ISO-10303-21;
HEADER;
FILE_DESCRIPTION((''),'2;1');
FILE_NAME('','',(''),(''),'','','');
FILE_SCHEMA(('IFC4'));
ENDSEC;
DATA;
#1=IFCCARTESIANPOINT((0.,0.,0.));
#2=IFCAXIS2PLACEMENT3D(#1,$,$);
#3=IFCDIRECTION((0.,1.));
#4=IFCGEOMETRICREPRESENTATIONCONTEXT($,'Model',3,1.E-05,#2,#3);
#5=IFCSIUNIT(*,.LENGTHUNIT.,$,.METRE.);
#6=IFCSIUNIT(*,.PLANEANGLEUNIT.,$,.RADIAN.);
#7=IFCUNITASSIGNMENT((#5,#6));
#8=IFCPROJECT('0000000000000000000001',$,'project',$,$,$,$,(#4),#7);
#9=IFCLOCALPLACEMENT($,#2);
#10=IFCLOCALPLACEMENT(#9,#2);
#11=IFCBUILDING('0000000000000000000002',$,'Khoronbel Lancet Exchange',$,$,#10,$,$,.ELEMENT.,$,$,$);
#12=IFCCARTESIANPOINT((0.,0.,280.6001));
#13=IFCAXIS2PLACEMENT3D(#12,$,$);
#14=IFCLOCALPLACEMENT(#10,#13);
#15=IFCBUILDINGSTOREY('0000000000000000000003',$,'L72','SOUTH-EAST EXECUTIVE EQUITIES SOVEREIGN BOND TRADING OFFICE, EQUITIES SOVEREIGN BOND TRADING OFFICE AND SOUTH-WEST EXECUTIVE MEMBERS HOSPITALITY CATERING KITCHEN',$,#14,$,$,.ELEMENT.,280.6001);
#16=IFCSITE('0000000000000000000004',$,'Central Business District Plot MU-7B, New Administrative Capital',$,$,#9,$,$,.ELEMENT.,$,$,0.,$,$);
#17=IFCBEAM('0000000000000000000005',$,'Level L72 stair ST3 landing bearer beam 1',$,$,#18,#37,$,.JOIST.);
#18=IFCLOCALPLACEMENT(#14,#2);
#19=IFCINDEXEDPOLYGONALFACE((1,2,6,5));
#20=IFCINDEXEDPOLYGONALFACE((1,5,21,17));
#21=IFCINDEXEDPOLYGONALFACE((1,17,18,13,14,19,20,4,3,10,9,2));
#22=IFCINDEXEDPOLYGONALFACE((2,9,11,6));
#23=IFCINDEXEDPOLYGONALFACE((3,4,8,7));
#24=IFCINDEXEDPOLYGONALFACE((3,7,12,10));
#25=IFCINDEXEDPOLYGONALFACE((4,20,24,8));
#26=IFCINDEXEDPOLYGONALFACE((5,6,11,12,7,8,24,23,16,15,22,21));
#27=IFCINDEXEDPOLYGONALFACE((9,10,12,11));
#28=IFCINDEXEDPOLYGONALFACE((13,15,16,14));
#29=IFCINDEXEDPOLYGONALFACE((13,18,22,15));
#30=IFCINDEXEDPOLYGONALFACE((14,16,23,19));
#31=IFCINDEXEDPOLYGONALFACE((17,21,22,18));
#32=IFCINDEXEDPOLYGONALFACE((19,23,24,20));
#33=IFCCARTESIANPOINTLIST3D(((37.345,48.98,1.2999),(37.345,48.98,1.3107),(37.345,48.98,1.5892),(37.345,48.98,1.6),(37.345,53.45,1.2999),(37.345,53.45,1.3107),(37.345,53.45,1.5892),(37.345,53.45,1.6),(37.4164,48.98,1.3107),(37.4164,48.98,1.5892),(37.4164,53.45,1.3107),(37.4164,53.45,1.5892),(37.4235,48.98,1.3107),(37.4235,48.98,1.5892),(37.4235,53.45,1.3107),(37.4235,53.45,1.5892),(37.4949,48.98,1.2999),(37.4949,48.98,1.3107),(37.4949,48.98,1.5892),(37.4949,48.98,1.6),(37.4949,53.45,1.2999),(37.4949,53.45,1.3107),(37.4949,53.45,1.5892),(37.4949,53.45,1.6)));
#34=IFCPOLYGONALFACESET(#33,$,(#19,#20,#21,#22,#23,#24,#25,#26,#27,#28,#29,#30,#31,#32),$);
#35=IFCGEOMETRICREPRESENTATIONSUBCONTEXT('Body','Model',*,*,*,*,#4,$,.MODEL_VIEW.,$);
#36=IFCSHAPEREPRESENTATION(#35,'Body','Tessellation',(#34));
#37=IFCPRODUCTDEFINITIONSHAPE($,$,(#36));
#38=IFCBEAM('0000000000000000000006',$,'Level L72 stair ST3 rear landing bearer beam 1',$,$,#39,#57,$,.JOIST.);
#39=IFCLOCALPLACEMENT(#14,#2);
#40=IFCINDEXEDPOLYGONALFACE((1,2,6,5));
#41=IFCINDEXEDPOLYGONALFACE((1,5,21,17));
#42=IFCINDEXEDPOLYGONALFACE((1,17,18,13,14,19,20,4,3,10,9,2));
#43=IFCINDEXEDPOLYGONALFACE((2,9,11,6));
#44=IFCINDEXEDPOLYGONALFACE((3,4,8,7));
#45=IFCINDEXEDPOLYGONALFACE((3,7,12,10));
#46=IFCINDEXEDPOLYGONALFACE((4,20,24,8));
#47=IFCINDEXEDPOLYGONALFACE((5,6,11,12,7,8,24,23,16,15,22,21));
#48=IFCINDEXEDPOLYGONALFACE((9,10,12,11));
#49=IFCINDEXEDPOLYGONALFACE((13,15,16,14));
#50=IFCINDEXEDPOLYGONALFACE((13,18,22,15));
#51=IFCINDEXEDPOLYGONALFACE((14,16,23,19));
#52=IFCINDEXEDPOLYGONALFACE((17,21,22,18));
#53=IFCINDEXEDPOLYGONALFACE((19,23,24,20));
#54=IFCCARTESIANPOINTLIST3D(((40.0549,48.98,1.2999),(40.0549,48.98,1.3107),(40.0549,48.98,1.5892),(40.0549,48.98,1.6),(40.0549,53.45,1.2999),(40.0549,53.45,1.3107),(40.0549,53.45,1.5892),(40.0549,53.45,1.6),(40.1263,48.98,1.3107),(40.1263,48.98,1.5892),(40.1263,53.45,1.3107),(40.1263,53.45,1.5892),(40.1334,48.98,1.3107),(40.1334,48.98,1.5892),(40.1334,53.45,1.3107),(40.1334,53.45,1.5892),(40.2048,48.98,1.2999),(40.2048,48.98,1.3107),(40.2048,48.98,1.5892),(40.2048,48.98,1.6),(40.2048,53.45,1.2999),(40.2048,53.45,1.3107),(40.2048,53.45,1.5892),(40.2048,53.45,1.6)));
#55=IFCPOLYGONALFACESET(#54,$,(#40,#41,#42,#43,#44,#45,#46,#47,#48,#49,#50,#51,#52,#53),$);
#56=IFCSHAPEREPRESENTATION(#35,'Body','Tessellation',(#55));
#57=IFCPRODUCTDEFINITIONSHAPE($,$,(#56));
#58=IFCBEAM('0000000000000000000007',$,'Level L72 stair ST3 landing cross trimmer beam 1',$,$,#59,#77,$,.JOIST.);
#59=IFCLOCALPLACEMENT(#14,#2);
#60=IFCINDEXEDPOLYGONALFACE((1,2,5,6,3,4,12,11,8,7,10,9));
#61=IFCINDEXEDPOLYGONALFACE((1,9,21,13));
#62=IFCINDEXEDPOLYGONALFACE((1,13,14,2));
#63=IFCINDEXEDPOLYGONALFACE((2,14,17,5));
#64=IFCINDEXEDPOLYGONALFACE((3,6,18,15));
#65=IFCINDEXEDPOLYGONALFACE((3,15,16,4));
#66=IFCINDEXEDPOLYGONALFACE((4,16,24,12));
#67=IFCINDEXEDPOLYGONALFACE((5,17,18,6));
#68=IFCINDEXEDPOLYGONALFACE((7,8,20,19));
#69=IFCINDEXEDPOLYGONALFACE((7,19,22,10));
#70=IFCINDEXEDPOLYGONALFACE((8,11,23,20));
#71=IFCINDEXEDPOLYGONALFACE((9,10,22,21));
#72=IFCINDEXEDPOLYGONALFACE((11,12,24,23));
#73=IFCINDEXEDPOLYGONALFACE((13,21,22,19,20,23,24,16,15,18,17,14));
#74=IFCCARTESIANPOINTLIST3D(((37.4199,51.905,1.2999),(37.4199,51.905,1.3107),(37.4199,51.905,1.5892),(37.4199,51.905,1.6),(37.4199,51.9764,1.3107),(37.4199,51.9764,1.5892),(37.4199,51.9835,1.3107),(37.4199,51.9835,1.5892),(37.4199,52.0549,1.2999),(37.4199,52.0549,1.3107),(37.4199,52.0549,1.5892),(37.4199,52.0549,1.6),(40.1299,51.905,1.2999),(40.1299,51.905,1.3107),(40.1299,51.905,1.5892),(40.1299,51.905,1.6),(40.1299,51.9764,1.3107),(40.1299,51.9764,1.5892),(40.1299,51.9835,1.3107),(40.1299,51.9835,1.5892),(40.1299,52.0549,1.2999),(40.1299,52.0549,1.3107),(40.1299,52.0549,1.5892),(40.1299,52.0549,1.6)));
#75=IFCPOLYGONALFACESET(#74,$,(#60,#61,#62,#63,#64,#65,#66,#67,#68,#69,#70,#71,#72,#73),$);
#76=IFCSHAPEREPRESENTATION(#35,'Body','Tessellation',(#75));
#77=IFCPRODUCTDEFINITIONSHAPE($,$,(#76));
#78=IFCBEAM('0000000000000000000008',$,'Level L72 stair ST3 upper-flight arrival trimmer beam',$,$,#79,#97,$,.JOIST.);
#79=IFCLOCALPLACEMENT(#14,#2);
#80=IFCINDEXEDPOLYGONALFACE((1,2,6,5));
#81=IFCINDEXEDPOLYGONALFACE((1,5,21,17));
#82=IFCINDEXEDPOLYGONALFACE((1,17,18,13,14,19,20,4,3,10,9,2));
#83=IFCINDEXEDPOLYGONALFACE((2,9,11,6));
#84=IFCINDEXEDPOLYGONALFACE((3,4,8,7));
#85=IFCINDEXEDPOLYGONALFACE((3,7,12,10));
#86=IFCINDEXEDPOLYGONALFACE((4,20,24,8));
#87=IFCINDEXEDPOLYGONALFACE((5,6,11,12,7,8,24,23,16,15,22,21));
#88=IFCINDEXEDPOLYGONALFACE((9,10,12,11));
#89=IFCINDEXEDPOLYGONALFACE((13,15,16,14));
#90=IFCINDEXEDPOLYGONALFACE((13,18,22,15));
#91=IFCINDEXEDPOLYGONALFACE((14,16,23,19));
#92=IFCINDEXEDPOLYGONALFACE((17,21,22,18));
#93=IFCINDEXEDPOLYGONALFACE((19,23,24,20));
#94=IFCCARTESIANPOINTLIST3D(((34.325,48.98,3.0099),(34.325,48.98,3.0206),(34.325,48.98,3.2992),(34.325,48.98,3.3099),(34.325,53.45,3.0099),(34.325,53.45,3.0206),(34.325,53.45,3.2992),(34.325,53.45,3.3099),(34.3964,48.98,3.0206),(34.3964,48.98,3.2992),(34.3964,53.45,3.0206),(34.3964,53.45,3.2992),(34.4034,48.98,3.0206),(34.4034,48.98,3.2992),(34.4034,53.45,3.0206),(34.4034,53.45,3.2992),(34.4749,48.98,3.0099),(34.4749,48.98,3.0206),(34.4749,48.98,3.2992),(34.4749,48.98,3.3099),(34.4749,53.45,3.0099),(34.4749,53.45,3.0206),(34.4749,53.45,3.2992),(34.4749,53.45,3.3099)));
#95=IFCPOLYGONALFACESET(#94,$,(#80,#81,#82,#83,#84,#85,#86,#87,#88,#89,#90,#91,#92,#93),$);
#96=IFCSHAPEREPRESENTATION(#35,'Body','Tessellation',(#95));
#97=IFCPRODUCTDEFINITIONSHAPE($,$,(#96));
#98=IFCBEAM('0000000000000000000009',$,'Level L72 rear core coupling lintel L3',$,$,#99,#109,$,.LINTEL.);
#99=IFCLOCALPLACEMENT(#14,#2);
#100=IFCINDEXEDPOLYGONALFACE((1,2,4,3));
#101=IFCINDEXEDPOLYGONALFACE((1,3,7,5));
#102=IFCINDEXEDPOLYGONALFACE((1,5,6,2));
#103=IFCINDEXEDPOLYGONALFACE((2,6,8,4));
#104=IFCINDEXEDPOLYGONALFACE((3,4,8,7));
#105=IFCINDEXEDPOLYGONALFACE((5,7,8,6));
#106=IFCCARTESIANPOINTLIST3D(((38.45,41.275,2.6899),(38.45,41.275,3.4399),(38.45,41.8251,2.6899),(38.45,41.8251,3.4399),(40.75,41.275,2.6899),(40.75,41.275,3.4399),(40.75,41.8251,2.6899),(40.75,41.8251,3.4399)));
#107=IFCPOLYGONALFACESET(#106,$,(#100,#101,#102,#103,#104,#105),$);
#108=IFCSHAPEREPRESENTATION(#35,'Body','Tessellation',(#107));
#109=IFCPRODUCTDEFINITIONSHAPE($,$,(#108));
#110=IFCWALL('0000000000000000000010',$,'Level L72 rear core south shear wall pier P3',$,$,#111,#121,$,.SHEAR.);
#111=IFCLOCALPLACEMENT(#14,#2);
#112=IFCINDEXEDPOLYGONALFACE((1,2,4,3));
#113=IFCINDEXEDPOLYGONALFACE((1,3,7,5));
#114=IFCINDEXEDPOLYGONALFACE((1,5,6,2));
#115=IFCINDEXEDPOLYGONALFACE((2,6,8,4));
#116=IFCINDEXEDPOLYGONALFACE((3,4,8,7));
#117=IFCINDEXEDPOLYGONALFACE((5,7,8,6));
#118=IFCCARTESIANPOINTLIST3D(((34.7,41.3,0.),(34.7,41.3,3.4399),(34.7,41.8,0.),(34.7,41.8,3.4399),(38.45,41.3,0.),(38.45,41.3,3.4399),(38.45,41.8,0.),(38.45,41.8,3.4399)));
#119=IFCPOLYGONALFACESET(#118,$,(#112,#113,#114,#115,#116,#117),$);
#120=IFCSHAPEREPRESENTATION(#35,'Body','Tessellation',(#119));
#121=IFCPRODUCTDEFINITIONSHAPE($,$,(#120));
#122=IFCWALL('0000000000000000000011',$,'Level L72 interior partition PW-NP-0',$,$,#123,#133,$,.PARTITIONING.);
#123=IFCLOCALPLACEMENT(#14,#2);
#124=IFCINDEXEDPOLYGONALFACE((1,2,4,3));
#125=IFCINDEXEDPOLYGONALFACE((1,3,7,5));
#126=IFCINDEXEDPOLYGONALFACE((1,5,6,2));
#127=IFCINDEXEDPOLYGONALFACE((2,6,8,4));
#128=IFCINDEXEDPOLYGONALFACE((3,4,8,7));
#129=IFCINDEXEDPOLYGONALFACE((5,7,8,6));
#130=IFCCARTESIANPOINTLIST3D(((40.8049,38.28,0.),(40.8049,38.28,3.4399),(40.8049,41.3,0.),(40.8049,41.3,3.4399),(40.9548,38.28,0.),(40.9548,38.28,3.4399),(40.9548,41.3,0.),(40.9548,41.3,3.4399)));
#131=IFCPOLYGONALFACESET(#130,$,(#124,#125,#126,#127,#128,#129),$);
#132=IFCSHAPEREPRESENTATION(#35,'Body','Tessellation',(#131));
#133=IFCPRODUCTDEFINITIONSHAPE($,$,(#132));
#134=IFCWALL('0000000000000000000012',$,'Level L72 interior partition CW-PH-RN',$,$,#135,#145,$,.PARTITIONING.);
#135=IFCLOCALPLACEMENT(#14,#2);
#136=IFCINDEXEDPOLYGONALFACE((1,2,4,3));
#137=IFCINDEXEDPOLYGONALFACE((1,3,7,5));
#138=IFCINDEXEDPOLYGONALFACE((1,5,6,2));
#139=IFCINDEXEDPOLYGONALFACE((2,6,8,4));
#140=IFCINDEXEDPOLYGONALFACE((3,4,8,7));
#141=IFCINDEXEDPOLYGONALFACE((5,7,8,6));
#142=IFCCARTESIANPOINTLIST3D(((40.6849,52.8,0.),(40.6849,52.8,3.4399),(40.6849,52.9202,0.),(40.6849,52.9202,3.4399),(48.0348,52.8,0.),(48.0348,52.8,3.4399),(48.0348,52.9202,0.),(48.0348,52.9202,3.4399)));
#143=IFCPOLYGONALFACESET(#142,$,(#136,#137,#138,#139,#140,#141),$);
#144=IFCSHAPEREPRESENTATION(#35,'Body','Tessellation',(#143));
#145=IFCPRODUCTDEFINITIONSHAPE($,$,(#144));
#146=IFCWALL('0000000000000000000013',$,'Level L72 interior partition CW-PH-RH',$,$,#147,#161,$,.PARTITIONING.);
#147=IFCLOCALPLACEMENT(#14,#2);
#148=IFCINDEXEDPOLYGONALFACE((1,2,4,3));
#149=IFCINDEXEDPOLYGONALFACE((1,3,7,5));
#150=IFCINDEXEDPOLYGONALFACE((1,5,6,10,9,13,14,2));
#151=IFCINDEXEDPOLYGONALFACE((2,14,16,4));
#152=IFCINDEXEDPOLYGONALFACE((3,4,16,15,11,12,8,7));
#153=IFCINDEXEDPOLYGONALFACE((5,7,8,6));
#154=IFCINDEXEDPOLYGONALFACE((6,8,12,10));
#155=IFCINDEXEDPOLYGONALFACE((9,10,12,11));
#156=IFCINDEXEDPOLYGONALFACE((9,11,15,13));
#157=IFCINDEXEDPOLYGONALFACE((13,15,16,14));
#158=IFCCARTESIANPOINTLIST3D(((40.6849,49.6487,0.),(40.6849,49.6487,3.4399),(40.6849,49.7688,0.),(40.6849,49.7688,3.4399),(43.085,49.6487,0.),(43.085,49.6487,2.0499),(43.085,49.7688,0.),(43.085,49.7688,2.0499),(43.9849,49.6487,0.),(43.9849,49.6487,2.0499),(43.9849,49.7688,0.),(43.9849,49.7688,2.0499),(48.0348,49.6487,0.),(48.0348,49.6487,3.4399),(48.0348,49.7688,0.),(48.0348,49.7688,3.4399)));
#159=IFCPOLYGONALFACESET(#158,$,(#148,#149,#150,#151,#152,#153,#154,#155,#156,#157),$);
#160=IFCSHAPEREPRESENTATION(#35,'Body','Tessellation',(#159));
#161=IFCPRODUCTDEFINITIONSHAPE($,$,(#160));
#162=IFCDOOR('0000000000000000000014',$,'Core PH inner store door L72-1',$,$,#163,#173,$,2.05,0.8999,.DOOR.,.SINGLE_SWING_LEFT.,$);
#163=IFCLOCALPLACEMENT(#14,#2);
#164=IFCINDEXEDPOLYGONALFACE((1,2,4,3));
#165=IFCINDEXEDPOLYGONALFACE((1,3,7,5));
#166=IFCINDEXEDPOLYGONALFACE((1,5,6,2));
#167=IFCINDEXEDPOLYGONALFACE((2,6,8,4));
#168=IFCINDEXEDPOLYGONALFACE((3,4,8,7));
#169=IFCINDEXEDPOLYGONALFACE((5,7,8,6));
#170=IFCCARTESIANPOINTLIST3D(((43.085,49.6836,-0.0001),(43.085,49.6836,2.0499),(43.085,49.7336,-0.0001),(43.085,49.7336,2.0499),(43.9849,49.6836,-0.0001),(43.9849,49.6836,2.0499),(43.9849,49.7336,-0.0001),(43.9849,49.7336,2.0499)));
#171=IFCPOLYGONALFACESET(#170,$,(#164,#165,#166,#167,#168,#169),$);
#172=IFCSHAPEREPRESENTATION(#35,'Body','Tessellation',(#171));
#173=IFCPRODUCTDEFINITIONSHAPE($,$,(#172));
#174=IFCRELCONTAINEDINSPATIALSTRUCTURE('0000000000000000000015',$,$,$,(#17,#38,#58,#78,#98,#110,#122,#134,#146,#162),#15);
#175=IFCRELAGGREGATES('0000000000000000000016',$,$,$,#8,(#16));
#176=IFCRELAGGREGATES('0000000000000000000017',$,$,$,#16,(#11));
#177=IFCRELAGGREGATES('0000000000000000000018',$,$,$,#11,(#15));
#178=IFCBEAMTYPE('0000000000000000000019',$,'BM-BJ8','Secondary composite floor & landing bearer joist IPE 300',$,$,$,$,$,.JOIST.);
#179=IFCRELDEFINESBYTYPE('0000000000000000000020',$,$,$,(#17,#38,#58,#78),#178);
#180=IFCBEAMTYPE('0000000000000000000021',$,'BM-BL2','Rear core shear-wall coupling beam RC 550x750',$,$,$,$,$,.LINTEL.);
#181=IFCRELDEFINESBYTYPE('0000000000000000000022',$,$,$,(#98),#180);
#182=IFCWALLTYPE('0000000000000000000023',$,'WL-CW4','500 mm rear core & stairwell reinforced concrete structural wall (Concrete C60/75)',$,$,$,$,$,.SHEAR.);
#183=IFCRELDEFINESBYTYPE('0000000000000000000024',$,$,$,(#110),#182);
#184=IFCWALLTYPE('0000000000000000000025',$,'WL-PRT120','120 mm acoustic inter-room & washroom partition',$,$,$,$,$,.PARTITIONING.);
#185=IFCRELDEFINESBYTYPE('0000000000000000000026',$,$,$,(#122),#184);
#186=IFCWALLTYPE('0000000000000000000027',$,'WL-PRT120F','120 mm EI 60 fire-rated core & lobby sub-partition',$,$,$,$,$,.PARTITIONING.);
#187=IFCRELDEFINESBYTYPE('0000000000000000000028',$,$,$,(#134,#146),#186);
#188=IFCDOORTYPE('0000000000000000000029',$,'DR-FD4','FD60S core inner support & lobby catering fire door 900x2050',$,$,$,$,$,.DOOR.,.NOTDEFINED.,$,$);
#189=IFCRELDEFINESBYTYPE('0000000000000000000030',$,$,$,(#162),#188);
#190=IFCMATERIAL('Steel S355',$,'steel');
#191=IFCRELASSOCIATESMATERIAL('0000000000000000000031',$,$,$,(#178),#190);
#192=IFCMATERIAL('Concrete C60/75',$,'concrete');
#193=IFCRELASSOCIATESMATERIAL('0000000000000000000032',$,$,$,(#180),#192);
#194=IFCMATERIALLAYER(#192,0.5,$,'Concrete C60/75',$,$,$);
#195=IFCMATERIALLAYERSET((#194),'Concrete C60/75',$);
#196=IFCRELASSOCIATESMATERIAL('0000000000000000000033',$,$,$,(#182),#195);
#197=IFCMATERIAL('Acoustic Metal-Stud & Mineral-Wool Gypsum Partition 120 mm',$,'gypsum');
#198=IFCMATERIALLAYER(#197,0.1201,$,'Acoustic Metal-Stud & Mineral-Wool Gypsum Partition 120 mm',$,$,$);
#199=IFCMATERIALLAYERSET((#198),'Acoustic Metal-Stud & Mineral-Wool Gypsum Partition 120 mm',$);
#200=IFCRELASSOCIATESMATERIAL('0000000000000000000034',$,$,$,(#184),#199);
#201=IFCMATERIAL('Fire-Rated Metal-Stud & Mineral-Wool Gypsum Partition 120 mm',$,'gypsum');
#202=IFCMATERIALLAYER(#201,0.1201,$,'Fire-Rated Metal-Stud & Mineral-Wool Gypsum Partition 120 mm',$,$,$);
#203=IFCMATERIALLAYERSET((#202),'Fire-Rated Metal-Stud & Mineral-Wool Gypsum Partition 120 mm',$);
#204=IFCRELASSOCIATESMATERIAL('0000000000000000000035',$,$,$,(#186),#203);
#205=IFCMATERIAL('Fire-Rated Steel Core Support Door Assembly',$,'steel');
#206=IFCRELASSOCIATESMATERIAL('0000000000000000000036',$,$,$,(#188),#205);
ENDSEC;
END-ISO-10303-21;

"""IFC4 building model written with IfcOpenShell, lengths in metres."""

from ifc_helpers import new_model, si_unit, direction, frame, frame_2d, origin, origin_2d, place, context, subcontext, project, spatial, rectangle, i_section, extrude, material, layer, layer_set, material_profile, profile_set, type_object, element, fill, save


model = new_model("IFC4")

# Units and contexts
model_context = context("Model", 3, precision=1e-05, world=origin(), true_north=direction((0.0, 1.0)))
body_context = subcontext(model_context, "Body", "Model", "MODEL_VIEW")
ifc_project = project(units=[si_unit("LENGTHUNIT", "METRE"), si_unit("PLANEANGLEUNIT", "RADIAN")], contexts=[model_context])

# Site, building, storey
site_placement = place(None, origin())
site = spatial("IfcSite", under=ifc_project, at=site_placement, Name="Central Business District Plot MU-7B, New Administrative Capital", CompositionType="ELEMENT", RefElevation=0.0)
building_placement = place(site_placement, origin())
building = spatial("IfcBuilding", under=site, at=building_placement, Name="Khoronbel Lancet Exchange", CompositionType="ELEMENT")
storey_placement = place(building_placement, frame((0.0, 0.0, 280.6001)))
storey = spatial("IfcBuildingStorey", under=building, at=storey_placement, Name="L72", Description="SOUTH-EAST EXECUTIVE EQUITIES SOVEREIGN BOND TRADING OFFICE, EQUITIES SOVEREIGN BOND TRADING OFFICE AND SOUTH-WEST EXECUTIVE MEMBERS HOSPITALITY CATERING KITCHEN", CompositionType="ELEMENT", Elevation=280.6001)

# Beams
ifc_material_1 = material(Name="Steel S355", Category="steel")
ifc_material_profile_1 = material_profile(ifc_material_1, i_section(OverallWidth=0.1499, OverallDepth=0.3, WebThickness=0.0071, FlangeThickness=0.0107, at=origin_2d()), Name="IPE 300")
ifc_profile_set_1 = profile_set([ifc_material_profile_1], Name="Steel S355")
beam_type_1 = type_object("IfcBeamType", Name="BM-BJ8", Description="Secondary composite floor & landing bearer joist IPE 300", PredefinedType="JOIST", material=ifc_profile_set_1)
for number, where, z_axis, x_axis, name in (
    (1, (37.4199, 48.98, 1.45), (0.0, 1.0, 0.0), (-1.0, 0.0, 0.0), "Level L72 stair ST3 landing bearer beam 1"),
    (2, (40.1299, 48.98, 1.45), (0.0, 1.0, 0.0), (-1.0, 0.0, 0.0), "Level L72 stair ST3 rear landing bearer beam 1"),
):
    element("IfcBeam", number, at=place(storey_placement, frame(where, z_axis=z_axis, x_axis=x_axis)), inside=storey, type_object=beam_type_1, Name=name, PredefinedType="JOIST", context=body_context, shape_type="SweptSolid", body=[
        extrude(i_section(OverallWidth=0.1499, OverallDepth=0.3, WebThickness=0.0071, FlangeThickness=0.0107, at=origin_2d()), origin(), (0.0, 0.0, 1.0), 4.47),
    ])
beam_1_placement = place(storey_placement, frame((37.4199, 51.98, 1.45), z_axis=(1.0, 0.0, 0.0), x_axis=(0.0, 1.0, 0.0)))
element("IfcBeam", 3, at=beam_1_placement, inside=storey, type_object=beam_type_1, Name="Level L72 stair ST3 landing cross trimmer beam 1", PredefinedType="JOIST", context=body_context, shape_type="SweptSolid", body=[
    extrude(i_section(OverallWidth=0.1499, OverallDepth=0.3, WebThickness=0.0071, FlangeThickness=0.0107, at=origin_2d()), origin(), (0.0, 0.0, 1.0), 2.71),
])
beam_2_placement = place(storey_placement, frame((34.3999, 48.98, 3.1599), z_axis=(0.0, 1.0, 0.0), x_axis=(-1.0, 0.0, 0.0)))
element("IfcBeam", 4, at=beam_2_placement, inside=storey, type_object=beam_type_1, Name="Level L72 stair ST3 upper-flight arrival trimmer beam", PredefinedType="JOIST", context=body_context, shape_type="SweptSolid", body=[
    extrude(i_section(OverallWidth=0.1499, OverallDepth=0.3, WebThickness=0.0071, FlangeThickness=0.0107, at=origin_2d()), origin(), (0.0, 0.0, 1.0), 4.47),
])
ifc_material_2 = material(Name="Concrete C60/75", Category="concrete")
ifc_material_profile_2 = material_profile(ifc_material_2, rectangle(XDim=0.55, YDim=0.75, at=origin_2d()), Name="RC 550x750")
ifc_profile_set_2 = profile_set([ifc_material_profile_2], Name="Concrete C60/75")
beam_type_2 = type_object("IfcBeamType", Name="BM-BL2", Description="Rear core shear-wall coupling beam RC 550x750", PredefinedType="LINTEL", material=ifc_profile_set_2)
beam_3_placement = place(storey_placement, frame((38.45, 41.55, 3.0649), z_axis=(1.0, 0.0, 0.0), x_axis=(0.0, 1.0, 0.0)))
element("IfcBeam", 5, at=beam_3_placement, inside=storey, type_object=beam_type_2, Name="Level L72 rear core coupling lintel L3", PredefinedType="LINTEL", context=body_context, shape_type="SweptSolid", body=[
    extrude(rectangle(XDim=0.55, YDim=0.75, at=origin_2d()), origin(), (0.0, 0.0, 1.0), 2.3),
])

# Walls
ifc_layer_1 = layer(ifc_material_2, 0.5, Name="Concrete C60/75")
ifc_layer_set_1 = layer_set([ifc_layer_1], Name="Concrete C60/75")
wall_type_1 = type_object("IfcWallType", Name="WL-CW4", Description="500 mm rear core & stairwell reinforced concrete structural wall (Concrete C60/75)", PredefinedType="SHEAR", material=ifc_layer_set_1)
wall_1_placement = place(storey_placement, frame((38.45, 41.55, 0.0), z_axis=(0.0, 0.0, 1.0), x_axis=(-1.0, 0.0, 0.0)))
element("IfcWall", 6, at=wall_1_placement, inside=storey, type_object=wall_type_1, Name="Level L72 rear core south shear wall pier P3", PredefinedType="SHEAR", context=body_context, shape_type="SweptSolid", body=[
    extrude(rectangle(XDim=3.75, YDim=0.5, at=frame_2d((1.875, 0.0))), origin(), (0.0, 0.0, 1.0), 3.4399),
])
ifc_material_3 = material(Name="Acoustic Metal-Stud & Mineral-Wool Gypsum Partition 120 mm", Category="gypsum")
ifc_layer_2 = layer(ifc_material_3, 0.1201, Name="Acoustic Metal-Stud & Mineral-Wool Gypsum Partition 120 mm")
ifc_layer_set_2 = layer_set([ifc_layer_2], Name="Acoustic Metal-Stud & Mineral-Wool Gypsum Partition 120 mm")
wall_type_2 = type_object("IfcWallType", Name="WL-PRT120", Description="120 mm acoustic inter-room & washroom partition", PredefinedType="PARTITIONING", material=ifc_layer_set_2)
wall_2_placement = place(storey_placement, frame((40.8799, 38.28, 0.0), z_axis=(0.0, 0.0, 1.0), x_axis=(0.0, 1.0, 0.0)))
element("IfcWall", 7, at=wall_2_placement, inside=storey, type_object=wall_type_2, Name="Level L72 interior partition PW-NP-0", PredefinedType="PARTITIONING", context=body_context, shape_type="SweptSolid", body=[
    extrude(rectangle(XDim=3.02, YDim=0.1499, at=frame_2d((1.51, 0.0))), origin(), (0.0, 0.0, 1.0), 3.4399),
])
ifc_material_4 = material(Name="Fire-Rated Metal-Stud & Mineral-Wool Gypsum Partition 120 mm", Category="gypsum")
ifc_layer_3 = layer(ifc_material_4, 0.1201, Name="Fire-Rated Metal-Stud & Mineral-Wool Gypsum Partition 120 mm")
ifc_layer_set_3 = layer_set([ifc_layer_3], Name="Fire-Rated Metal-Stud & Mineral-Wool Gypsum Partition 120 mm")
wall_type_3 = type_object("IfcWallType", Name="WL-PRT120F", Description="120 mm EI 60 fire-rated core & lobby sub-partition", PredefinedType="PARTITIONING", material=ifc_layer_set_3)
wall_3_placement = place(storey_placement, frame((40.6851, 52.8601, 0.0), z_axis=(0.0, 0.0, 1.0), x_axis=(1.0, 0.0, 0.0)))
element("IfcWall", 8, at=wall_3_placement, inside=storey, type_object=wall_type_3, Name="Level L72 interior partition CW-PH-RN", PredefinedType="PARTITIONING", context=body_context, shape_type="SweptSolid", body=[
    extrude(rectangle(XDim=7.3499, YDim=0.1201, at=frame_2d((3.6748, 0.0))), origin(), (0.0, 0.0, 1.0), 3.4399),
])

# Wall, opening, door
wall_4_placement = place(storey_placement, frame((40.6851, 49.7087, 0.0), z_axis=(0.0, 0.0, 1.0), x_axis=(1.0, 0.0, 0.0)))
wall_4 = element("IfcWall", 9, at=wall_4_placement, inside=storey, type_object=wall_type_3, Name="Level L72 interior partition CW-PH-RH", PredefinedType="PARTITIONING", context=body_context, shape_type="SweptSolid", body=[
    extrude(rectangle(XDim=7.3499, YDim=0.1201, at=frame_2d((3.6748, 0.0))), origin(), (0.0, 0.0, 1.0), 3.4399),
])
opening_1_placement = place(wall_4_placement, frame((2.3999, 0.0, 0.0)))
opening_1 = element("IfcOpeningElement", 10, at=opening_1_placement, cuts=wall_4, PredefinedType="OPENING", context=body_context, shape_type="SweptSolid", body=[
    extrude(rectangle(XDim=0.8999, YDim=2.05, at=frame_2d((0.45, 1.0249))), frame((0.0, 0.0701, 0.0), z_axis=(0.0, -1.0, 0.0), x_axis=(1.0, 0.0, 0.0)), (0.0, 0.0, 1.0), 0.1401),
])
ifc_material_5 = material(Name="Fire-Rated Steel Core Support Door Assembly", Category="steel")
door_type_1 = type_object("IfcDoorType", Name="DR-FD4", Description="FD60S core inner support & lobby catering fire door 900x2050", OperationType="NOTDEFINED", PredefinedType="DOOR", material=ifc_material_5)
door_1_placement = place(opening_1_placement, origin())
door_1 = element("IfcDoor", 11, at=door_1_placement, inside=storey, type_object=door_type_1, Name="Core PH inner store door L72-1", OperationType="SINGLE_SWING_LEFT", OverallHeight=2.05, OverallWidth=0.8999, PredefinedType="DOOR", context=body_context, shape_type="SweptSolid", body=[
    extrude(rectangle(XDim=0.8999, YDim=2.05, at=frame_2d((0.45, 1.0249))), frame((0.0, 0.0249, 0.0), z_axis=(0.0, -1.0, 0.0), x_axis=(1.0, 0.0, 0.0)), (0.0, 0.0, 1.0), 0.05),
])
fill(opening_1, door_1)

save(model, "model.ifc")
